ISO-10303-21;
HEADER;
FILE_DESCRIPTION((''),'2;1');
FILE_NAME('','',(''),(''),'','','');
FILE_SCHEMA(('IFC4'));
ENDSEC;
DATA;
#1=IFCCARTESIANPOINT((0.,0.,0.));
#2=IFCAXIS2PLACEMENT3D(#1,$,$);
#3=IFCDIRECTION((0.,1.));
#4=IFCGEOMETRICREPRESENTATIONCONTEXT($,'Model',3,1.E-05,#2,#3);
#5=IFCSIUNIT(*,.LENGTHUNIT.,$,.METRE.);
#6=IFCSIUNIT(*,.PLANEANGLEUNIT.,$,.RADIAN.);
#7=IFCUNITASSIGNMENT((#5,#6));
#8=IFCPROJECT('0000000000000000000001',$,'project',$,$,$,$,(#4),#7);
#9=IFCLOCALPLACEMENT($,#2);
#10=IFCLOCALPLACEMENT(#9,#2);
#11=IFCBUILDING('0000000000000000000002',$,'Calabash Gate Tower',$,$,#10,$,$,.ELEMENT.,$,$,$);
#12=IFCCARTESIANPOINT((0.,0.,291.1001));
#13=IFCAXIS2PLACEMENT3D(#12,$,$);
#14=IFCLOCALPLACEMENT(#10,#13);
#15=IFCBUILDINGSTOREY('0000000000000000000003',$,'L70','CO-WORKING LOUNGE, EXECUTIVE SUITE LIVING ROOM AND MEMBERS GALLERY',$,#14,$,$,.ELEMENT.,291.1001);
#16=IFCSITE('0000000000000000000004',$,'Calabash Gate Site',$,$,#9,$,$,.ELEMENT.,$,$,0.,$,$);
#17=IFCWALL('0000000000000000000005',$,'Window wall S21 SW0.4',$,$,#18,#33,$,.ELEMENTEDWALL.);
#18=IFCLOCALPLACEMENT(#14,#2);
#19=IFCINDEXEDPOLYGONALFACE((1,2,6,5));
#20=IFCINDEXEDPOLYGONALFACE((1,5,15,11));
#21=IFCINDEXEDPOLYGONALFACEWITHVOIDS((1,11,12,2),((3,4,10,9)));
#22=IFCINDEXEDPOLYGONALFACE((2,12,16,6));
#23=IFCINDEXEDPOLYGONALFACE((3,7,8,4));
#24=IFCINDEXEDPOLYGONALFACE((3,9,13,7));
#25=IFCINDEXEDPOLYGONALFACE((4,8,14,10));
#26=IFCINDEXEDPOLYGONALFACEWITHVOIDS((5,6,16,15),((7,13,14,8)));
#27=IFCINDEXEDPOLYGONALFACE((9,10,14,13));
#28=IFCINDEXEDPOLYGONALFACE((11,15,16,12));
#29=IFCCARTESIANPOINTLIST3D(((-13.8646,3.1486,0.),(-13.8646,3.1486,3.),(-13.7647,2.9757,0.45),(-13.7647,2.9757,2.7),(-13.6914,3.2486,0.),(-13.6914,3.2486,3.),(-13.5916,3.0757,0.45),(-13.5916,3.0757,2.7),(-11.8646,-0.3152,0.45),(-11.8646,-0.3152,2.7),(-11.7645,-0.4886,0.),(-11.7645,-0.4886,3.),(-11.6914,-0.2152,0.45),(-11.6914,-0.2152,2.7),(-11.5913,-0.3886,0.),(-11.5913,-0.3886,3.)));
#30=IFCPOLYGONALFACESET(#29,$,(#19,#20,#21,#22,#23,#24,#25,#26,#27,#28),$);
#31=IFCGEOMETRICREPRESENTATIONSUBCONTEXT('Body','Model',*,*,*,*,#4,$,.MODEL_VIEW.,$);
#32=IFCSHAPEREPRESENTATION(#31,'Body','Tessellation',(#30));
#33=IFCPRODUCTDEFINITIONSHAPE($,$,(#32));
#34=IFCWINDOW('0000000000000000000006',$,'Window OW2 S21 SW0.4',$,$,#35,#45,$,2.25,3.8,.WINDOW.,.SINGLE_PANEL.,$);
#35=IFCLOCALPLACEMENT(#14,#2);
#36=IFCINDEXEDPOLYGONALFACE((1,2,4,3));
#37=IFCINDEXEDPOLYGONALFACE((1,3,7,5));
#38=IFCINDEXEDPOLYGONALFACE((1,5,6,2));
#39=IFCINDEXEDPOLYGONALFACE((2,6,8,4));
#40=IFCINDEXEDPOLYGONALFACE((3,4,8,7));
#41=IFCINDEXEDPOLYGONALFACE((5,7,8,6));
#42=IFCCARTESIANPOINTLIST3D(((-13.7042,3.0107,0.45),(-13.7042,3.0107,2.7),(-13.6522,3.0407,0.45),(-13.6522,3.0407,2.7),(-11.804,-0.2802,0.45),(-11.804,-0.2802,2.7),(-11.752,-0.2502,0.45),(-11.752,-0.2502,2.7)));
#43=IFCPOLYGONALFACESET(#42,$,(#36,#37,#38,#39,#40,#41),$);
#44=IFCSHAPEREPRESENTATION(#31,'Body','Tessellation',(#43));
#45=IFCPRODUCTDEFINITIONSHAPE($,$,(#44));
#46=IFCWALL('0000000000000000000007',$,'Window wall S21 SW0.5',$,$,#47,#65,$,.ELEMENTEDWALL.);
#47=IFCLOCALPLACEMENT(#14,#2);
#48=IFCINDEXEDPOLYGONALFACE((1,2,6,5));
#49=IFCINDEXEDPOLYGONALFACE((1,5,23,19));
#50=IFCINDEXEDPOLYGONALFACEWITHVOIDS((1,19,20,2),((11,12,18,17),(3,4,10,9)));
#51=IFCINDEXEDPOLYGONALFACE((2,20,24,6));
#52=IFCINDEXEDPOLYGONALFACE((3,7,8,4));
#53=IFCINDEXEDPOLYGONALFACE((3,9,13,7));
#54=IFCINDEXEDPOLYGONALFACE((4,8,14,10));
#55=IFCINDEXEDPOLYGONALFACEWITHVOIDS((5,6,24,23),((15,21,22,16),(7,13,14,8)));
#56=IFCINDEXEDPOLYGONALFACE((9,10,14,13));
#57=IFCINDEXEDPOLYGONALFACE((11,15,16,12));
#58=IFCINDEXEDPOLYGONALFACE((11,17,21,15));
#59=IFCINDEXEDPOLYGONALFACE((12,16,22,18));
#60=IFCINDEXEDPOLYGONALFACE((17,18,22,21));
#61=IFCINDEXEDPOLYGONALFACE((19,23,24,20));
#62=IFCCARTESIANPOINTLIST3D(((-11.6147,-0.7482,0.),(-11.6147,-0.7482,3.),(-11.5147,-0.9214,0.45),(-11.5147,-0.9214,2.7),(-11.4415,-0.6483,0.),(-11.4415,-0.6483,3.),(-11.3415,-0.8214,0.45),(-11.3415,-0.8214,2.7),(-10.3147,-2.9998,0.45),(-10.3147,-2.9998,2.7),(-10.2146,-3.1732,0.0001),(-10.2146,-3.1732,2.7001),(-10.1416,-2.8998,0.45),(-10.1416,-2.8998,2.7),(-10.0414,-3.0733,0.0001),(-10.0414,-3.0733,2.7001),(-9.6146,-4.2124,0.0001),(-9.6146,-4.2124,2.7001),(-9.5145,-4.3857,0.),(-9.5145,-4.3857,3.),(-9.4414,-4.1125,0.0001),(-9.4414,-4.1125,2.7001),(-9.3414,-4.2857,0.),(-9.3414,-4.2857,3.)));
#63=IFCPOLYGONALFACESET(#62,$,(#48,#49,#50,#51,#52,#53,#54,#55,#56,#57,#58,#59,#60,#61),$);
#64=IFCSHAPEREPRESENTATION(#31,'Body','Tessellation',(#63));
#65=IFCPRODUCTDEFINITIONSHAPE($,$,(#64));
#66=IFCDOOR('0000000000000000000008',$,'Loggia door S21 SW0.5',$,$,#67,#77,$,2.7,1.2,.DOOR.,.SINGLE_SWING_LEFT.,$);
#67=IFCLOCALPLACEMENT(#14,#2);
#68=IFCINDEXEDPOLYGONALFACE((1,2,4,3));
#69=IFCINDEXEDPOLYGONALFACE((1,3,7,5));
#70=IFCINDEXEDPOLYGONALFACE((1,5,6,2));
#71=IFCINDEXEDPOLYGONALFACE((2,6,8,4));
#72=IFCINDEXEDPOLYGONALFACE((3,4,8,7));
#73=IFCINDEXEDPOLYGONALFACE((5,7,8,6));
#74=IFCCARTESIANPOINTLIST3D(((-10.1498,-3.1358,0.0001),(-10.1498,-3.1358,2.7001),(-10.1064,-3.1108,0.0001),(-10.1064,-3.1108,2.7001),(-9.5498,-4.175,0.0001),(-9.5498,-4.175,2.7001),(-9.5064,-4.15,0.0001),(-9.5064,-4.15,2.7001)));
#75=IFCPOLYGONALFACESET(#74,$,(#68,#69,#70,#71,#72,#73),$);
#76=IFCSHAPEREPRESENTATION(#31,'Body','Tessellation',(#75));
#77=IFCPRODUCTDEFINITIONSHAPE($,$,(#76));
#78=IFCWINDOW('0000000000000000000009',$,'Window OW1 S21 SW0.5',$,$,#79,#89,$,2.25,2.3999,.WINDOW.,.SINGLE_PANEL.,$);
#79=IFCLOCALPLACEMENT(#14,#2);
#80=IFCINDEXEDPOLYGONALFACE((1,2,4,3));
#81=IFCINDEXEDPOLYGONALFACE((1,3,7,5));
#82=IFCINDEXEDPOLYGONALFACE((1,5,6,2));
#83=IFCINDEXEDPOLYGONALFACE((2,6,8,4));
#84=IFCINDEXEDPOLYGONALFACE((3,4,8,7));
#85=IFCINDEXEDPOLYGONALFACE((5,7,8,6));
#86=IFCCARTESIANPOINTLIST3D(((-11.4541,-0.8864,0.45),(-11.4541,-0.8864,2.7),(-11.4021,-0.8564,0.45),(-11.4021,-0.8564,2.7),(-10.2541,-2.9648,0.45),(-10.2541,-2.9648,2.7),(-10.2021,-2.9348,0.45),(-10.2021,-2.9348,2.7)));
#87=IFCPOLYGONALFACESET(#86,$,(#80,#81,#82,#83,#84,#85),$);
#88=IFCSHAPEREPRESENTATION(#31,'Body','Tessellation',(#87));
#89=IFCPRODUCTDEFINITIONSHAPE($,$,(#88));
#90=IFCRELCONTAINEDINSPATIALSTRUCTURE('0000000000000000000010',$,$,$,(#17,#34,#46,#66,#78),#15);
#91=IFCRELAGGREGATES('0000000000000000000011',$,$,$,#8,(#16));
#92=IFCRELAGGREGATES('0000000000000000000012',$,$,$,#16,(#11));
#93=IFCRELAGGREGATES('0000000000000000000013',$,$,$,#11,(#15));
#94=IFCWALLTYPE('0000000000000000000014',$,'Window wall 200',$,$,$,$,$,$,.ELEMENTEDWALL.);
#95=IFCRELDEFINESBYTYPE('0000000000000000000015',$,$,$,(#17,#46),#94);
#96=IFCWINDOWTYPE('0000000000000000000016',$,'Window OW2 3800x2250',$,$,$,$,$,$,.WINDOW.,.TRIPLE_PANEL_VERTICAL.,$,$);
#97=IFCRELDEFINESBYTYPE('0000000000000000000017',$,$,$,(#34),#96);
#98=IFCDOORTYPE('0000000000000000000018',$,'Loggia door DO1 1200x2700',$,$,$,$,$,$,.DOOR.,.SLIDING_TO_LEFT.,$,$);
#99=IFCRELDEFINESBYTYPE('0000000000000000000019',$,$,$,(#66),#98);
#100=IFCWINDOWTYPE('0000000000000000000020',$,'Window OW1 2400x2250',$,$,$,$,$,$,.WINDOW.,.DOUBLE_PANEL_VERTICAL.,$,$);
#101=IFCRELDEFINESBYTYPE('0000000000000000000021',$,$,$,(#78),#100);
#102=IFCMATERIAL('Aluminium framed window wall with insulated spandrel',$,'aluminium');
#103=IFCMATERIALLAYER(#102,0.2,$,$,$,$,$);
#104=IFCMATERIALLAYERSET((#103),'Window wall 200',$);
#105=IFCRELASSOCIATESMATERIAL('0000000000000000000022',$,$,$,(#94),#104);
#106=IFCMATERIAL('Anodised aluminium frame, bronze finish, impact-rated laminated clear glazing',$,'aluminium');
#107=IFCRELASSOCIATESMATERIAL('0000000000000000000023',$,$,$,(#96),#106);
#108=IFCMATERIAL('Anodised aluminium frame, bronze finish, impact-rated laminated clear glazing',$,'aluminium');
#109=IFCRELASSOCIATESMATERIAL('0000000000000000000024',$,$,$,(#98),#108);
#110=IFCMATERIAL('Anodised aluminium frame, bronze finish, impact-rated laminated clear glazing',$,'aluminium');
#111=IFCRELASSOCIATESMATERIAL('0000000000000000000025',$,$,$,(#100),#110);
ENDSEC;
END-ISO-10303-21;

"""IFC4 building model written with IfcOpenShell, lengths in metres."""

from ifc_helpers import new_model, si_unit, direction, frame, frame_2d, origin, place, context, subcontext, project, spatial, rectangle, extrude, material, layer, layer_set, type_object, element, fill, save


model = new_model("IFC4")

# Units and contexts
model_context = context("Model", 3, precision=1e-05, world=origin(), true_north=direction((0.0, 1.0)))
body_context = subcontext(model_context, "Body", "Model", "MODEL_VIEW")
ifc_project = project(units=[si_unit("LENGTHUNIT", "METRE"), si_unit("PLANEANGLEUNIT", "RADIAN")], contexts=[model_context])

# Site, building, storey
site_placement = place(None, origin())
site = spatial("IfcSite", under=ifc_project, at=site_placement, Name="Calabash Gate Site", CompositionType="ELEMENT", RefElevation=0.0)
building_placement = place(site_placement, origin())
building = spatial("IfcBuilding", under=site, at=building_placement, Name="Calabash Gate Tower", CompositionType="ELEMENT")
storey_placement = place(building_placement, frame((0.0, 0.0, 291.1001)))
storey = spatial("IfcBuildingStorey", under=building, at=storey_placement, Name="L70", Description="CO-WORKING LOUNGE, EXECUTIVE SUITE LIVING ROOM AND MEMBERS GALLERY", CompositionType="ELEMENT", Elevation=291.1001)

# Wall, opening, window
ifc_material_1 = material(Name="Aluminium framed window wall with insulated spandrel", Category="aluminium")
ifc_layer_1 = layer(ifc_material_1, 0.2)
ifc_layer_set_1 = layer_set([ifc_layer_1], Name="Window wall 200")
wall_type_1 = type_object("IfcWallType", Name="Window wall 200", PredefinedType="ELEMENTEDWALL", material=ifc_layer_set_1)
wall_1_placement = place(storey_placement, frame((-13.7781, 3.1987, 0.0), z_axis=(0.0, 0.0, 1.0), x_axis=(0.500028, -0.866009, 0.0)))
wall_1 = element("IfcWall", 1, at=wall_1_placement, inside=storey, type_object=wall_type_1, Name="Window wall S21 SW0.4", PredefinedType="ELEMENTEDWALL", context=body_context, shape_type="SweptSolid", body=[
    extrude(rectangle(XDim=4.2, YDim=0.2, at=frame_2d((2.1001, 0.0))), origin(), (0.0, 0.0, 1.0), 3.0),
])
opening_1_placement = place(wall_1_placement, frame((0.2, 0.0, 0.45)))
opening_1 = element("IfcOpeningElement", 2, at=opening_1_placement, cuts=wall_1, PredefinedType="OPENING", context=body_context, shape_type="SweptSolid", body=[
    extrude(rectangle(XDim=3.8, YDim=2.25, at=frame_2d((1.8999, 1.125))), frame((0.0, 0.1099, 0.0), z_axis=(0.0, -1.0, 0.0), x_axis=(1.0, 0.0, 0.0)), (0.0, 0.0, 1.0), 0.22),
])
ifc_material_2 = material(Name="Anodised aluminium frame, bronze finish, impact-rated laminated clear glazing", Category="aluminium")
window_type_1 = type_object("IfcWindowType", Name="Window OW2 3800x2250", PartitioningType="TRIPLE_PANEL_VERTICAL", PredefinedType="WINDOW", material=ifc_material_2)
window_1_placement = place(opening_1_placement, origin())
window_1 = element("IfcWindow", 3, at=window_1_placement, inside=storey, type_object=window_type_1, Name="Window OW2 S21 SW0.4", OverallHeight=2.25, OverallWidth=3.8, PartitioningType="SINGLE_PANEL", PredefinedType="WINDOW", context=body_context, shape_type="SweptSolid", body=[
    extrude(rectangle(XDim=3.8, YDim=2.25, at=frame_2d((1.8999, 1.125))), frame((0.0, 0.03, 0.0), z_axis=(0.0, -1.0, 0.0), x_axis=(1.0, 0.0, 0.0)), (0.0, 0.0, 1.0), 0.0601),
])
fill(opening_1, window_1)

# Wall, openings, door, window
wall_2_placement = place(storey_placement, frame((-11.5281, -0.6982, 0.0), z_axis=(0.0, 0.0, 1.0), x_axis=(0.500003, -0.866024, 0.0)))
wall_2 = element("IfcWall", 4, at=wall_2_placement, inside=storey, type_object=wall_type_1, Name="Window wall S21 SW0.5", PredefinedType="ELEMENTEDWALL", context=body_context, shape_type="SweptSolid", body=[
    extrude(rectangle(XDim=4.2002, YDim=0.2, at=frame_2d((2.1001, 0.0))), origin(), (0.0, 0.0, 1.0), 3.0),
])
opening_2_placement = place(wall_2_placement, frame((0.2, 0.0, 0.45)))
opening_2 = element("IfcOpeningElement", 5, at=opening_2_placement, cuts=wall_2, PredefinedType="OPENING", context=body_context, shape_type="SweptSolid", body=[
    extrude(rectangle(XDim=2.3999, YDim=2.25, at=frame_2d((1.2, 1.125))), frame((0.0, 0.1099, 0.0), z_axis=(0.0, -1.0, 0.0), x_axis=(1.0, 0.0, 0.0)), (0.0, 0.0, 1.0), 0.22),
])
opening_3_placement = place(wall_2_placement, frame((2.8, 0.0, 0.0)))
opening_3 = element("IfcOpeningElement", 6, at=opening_3_placement, cuts=wall_2, PredefinedType="OPENING", context=body_context, shape_type="SweptSolid", body=[
    extrude(rectangle(XDim=1.2, YDim=2.7, at=frame_2d((0.6001, 1.3501))), frame((0.0, 0.1099, 0.0), z_axis=(0.0, -1.0, 0.0), x_axis=(1.0, 0.0, 0.0)), (0.0, 0.0, 1.0), 0.22),
])
ifc_material_3 = material(Name="Anodised aluminium frame, bronze finish, impact-rated laminated clear glazing", Category="aluminium")
door_type_1 = type_object("IfcDoorType", Name="Loggia door DO1 1200x2700", OperationType="SLIDING_TO_LEFT", PredefinedType="DOOR", material=ifc_material_3)
door_1_placement = place(opening_3_placement, origin())
door_1 = element("IfcDoor", 7, at=door_1_placement, inside=storey, type_object=door_type_1, Name="Loggia door S21 SW0.5", OperationType="SINGLE_SWING_LEFT", OverallHeight=2.7, OverallWidth=1.2, PredefinedType="DOOR", context=body_context, shape_type="SweptSolid", body=[
    extrude(rectangle(XDim=1.2, YDim=2.7, at=frame_2d((0.6001, 1.3501))), frame((0.0, 0.0249, 0.0), z_axis=(0.0, -1.0, 0.0), x_axis=(1.0, 0.0, 0.0)), (0.0, 0.0, 1.0), 0.05),
])
fill(opening_3, door_1)
ifc_material_4 = material(Name="Anodised aluminium frame, bronze finish, impact-rated laminated clear glazing", Category="aluminium")
window_type_2 = type_object("IfcWindowType", Name="Window OW1 2400x2250", PartitioningType="DOUBLE_PANEL_VERTICAL", PredefinedType="WINDOW", material=ifc_material_4)
window_2_placement = place(opening_2_placement, origin())
window_2 = element("IfcWindow", 8, at=window_2_placement, inside=storey, type_object=window_type_2, Name="Window OW1 S21 SW0.5", OverallHeight=2.25, OverallWidth=2.3999, PartitioningType="SINGLE_PANEL", PredefinedType="WINDOW", context=body_context, shape_type="SweptSolid", body=[
    extrude(rectangle(XDim=2.3999, YDim=2.25, at=frame_2d((1.2, 1.125))), frame((0.0, 0.03, 0.0), z_axis=(0.0, -1.0, 0.0), x_axis=(1.0, 0.0, 0.0)), (0.0, 0.0, 1.0), 0.0601),
])
fill(opening_2, window_2)

save(model, "model.ifc")
